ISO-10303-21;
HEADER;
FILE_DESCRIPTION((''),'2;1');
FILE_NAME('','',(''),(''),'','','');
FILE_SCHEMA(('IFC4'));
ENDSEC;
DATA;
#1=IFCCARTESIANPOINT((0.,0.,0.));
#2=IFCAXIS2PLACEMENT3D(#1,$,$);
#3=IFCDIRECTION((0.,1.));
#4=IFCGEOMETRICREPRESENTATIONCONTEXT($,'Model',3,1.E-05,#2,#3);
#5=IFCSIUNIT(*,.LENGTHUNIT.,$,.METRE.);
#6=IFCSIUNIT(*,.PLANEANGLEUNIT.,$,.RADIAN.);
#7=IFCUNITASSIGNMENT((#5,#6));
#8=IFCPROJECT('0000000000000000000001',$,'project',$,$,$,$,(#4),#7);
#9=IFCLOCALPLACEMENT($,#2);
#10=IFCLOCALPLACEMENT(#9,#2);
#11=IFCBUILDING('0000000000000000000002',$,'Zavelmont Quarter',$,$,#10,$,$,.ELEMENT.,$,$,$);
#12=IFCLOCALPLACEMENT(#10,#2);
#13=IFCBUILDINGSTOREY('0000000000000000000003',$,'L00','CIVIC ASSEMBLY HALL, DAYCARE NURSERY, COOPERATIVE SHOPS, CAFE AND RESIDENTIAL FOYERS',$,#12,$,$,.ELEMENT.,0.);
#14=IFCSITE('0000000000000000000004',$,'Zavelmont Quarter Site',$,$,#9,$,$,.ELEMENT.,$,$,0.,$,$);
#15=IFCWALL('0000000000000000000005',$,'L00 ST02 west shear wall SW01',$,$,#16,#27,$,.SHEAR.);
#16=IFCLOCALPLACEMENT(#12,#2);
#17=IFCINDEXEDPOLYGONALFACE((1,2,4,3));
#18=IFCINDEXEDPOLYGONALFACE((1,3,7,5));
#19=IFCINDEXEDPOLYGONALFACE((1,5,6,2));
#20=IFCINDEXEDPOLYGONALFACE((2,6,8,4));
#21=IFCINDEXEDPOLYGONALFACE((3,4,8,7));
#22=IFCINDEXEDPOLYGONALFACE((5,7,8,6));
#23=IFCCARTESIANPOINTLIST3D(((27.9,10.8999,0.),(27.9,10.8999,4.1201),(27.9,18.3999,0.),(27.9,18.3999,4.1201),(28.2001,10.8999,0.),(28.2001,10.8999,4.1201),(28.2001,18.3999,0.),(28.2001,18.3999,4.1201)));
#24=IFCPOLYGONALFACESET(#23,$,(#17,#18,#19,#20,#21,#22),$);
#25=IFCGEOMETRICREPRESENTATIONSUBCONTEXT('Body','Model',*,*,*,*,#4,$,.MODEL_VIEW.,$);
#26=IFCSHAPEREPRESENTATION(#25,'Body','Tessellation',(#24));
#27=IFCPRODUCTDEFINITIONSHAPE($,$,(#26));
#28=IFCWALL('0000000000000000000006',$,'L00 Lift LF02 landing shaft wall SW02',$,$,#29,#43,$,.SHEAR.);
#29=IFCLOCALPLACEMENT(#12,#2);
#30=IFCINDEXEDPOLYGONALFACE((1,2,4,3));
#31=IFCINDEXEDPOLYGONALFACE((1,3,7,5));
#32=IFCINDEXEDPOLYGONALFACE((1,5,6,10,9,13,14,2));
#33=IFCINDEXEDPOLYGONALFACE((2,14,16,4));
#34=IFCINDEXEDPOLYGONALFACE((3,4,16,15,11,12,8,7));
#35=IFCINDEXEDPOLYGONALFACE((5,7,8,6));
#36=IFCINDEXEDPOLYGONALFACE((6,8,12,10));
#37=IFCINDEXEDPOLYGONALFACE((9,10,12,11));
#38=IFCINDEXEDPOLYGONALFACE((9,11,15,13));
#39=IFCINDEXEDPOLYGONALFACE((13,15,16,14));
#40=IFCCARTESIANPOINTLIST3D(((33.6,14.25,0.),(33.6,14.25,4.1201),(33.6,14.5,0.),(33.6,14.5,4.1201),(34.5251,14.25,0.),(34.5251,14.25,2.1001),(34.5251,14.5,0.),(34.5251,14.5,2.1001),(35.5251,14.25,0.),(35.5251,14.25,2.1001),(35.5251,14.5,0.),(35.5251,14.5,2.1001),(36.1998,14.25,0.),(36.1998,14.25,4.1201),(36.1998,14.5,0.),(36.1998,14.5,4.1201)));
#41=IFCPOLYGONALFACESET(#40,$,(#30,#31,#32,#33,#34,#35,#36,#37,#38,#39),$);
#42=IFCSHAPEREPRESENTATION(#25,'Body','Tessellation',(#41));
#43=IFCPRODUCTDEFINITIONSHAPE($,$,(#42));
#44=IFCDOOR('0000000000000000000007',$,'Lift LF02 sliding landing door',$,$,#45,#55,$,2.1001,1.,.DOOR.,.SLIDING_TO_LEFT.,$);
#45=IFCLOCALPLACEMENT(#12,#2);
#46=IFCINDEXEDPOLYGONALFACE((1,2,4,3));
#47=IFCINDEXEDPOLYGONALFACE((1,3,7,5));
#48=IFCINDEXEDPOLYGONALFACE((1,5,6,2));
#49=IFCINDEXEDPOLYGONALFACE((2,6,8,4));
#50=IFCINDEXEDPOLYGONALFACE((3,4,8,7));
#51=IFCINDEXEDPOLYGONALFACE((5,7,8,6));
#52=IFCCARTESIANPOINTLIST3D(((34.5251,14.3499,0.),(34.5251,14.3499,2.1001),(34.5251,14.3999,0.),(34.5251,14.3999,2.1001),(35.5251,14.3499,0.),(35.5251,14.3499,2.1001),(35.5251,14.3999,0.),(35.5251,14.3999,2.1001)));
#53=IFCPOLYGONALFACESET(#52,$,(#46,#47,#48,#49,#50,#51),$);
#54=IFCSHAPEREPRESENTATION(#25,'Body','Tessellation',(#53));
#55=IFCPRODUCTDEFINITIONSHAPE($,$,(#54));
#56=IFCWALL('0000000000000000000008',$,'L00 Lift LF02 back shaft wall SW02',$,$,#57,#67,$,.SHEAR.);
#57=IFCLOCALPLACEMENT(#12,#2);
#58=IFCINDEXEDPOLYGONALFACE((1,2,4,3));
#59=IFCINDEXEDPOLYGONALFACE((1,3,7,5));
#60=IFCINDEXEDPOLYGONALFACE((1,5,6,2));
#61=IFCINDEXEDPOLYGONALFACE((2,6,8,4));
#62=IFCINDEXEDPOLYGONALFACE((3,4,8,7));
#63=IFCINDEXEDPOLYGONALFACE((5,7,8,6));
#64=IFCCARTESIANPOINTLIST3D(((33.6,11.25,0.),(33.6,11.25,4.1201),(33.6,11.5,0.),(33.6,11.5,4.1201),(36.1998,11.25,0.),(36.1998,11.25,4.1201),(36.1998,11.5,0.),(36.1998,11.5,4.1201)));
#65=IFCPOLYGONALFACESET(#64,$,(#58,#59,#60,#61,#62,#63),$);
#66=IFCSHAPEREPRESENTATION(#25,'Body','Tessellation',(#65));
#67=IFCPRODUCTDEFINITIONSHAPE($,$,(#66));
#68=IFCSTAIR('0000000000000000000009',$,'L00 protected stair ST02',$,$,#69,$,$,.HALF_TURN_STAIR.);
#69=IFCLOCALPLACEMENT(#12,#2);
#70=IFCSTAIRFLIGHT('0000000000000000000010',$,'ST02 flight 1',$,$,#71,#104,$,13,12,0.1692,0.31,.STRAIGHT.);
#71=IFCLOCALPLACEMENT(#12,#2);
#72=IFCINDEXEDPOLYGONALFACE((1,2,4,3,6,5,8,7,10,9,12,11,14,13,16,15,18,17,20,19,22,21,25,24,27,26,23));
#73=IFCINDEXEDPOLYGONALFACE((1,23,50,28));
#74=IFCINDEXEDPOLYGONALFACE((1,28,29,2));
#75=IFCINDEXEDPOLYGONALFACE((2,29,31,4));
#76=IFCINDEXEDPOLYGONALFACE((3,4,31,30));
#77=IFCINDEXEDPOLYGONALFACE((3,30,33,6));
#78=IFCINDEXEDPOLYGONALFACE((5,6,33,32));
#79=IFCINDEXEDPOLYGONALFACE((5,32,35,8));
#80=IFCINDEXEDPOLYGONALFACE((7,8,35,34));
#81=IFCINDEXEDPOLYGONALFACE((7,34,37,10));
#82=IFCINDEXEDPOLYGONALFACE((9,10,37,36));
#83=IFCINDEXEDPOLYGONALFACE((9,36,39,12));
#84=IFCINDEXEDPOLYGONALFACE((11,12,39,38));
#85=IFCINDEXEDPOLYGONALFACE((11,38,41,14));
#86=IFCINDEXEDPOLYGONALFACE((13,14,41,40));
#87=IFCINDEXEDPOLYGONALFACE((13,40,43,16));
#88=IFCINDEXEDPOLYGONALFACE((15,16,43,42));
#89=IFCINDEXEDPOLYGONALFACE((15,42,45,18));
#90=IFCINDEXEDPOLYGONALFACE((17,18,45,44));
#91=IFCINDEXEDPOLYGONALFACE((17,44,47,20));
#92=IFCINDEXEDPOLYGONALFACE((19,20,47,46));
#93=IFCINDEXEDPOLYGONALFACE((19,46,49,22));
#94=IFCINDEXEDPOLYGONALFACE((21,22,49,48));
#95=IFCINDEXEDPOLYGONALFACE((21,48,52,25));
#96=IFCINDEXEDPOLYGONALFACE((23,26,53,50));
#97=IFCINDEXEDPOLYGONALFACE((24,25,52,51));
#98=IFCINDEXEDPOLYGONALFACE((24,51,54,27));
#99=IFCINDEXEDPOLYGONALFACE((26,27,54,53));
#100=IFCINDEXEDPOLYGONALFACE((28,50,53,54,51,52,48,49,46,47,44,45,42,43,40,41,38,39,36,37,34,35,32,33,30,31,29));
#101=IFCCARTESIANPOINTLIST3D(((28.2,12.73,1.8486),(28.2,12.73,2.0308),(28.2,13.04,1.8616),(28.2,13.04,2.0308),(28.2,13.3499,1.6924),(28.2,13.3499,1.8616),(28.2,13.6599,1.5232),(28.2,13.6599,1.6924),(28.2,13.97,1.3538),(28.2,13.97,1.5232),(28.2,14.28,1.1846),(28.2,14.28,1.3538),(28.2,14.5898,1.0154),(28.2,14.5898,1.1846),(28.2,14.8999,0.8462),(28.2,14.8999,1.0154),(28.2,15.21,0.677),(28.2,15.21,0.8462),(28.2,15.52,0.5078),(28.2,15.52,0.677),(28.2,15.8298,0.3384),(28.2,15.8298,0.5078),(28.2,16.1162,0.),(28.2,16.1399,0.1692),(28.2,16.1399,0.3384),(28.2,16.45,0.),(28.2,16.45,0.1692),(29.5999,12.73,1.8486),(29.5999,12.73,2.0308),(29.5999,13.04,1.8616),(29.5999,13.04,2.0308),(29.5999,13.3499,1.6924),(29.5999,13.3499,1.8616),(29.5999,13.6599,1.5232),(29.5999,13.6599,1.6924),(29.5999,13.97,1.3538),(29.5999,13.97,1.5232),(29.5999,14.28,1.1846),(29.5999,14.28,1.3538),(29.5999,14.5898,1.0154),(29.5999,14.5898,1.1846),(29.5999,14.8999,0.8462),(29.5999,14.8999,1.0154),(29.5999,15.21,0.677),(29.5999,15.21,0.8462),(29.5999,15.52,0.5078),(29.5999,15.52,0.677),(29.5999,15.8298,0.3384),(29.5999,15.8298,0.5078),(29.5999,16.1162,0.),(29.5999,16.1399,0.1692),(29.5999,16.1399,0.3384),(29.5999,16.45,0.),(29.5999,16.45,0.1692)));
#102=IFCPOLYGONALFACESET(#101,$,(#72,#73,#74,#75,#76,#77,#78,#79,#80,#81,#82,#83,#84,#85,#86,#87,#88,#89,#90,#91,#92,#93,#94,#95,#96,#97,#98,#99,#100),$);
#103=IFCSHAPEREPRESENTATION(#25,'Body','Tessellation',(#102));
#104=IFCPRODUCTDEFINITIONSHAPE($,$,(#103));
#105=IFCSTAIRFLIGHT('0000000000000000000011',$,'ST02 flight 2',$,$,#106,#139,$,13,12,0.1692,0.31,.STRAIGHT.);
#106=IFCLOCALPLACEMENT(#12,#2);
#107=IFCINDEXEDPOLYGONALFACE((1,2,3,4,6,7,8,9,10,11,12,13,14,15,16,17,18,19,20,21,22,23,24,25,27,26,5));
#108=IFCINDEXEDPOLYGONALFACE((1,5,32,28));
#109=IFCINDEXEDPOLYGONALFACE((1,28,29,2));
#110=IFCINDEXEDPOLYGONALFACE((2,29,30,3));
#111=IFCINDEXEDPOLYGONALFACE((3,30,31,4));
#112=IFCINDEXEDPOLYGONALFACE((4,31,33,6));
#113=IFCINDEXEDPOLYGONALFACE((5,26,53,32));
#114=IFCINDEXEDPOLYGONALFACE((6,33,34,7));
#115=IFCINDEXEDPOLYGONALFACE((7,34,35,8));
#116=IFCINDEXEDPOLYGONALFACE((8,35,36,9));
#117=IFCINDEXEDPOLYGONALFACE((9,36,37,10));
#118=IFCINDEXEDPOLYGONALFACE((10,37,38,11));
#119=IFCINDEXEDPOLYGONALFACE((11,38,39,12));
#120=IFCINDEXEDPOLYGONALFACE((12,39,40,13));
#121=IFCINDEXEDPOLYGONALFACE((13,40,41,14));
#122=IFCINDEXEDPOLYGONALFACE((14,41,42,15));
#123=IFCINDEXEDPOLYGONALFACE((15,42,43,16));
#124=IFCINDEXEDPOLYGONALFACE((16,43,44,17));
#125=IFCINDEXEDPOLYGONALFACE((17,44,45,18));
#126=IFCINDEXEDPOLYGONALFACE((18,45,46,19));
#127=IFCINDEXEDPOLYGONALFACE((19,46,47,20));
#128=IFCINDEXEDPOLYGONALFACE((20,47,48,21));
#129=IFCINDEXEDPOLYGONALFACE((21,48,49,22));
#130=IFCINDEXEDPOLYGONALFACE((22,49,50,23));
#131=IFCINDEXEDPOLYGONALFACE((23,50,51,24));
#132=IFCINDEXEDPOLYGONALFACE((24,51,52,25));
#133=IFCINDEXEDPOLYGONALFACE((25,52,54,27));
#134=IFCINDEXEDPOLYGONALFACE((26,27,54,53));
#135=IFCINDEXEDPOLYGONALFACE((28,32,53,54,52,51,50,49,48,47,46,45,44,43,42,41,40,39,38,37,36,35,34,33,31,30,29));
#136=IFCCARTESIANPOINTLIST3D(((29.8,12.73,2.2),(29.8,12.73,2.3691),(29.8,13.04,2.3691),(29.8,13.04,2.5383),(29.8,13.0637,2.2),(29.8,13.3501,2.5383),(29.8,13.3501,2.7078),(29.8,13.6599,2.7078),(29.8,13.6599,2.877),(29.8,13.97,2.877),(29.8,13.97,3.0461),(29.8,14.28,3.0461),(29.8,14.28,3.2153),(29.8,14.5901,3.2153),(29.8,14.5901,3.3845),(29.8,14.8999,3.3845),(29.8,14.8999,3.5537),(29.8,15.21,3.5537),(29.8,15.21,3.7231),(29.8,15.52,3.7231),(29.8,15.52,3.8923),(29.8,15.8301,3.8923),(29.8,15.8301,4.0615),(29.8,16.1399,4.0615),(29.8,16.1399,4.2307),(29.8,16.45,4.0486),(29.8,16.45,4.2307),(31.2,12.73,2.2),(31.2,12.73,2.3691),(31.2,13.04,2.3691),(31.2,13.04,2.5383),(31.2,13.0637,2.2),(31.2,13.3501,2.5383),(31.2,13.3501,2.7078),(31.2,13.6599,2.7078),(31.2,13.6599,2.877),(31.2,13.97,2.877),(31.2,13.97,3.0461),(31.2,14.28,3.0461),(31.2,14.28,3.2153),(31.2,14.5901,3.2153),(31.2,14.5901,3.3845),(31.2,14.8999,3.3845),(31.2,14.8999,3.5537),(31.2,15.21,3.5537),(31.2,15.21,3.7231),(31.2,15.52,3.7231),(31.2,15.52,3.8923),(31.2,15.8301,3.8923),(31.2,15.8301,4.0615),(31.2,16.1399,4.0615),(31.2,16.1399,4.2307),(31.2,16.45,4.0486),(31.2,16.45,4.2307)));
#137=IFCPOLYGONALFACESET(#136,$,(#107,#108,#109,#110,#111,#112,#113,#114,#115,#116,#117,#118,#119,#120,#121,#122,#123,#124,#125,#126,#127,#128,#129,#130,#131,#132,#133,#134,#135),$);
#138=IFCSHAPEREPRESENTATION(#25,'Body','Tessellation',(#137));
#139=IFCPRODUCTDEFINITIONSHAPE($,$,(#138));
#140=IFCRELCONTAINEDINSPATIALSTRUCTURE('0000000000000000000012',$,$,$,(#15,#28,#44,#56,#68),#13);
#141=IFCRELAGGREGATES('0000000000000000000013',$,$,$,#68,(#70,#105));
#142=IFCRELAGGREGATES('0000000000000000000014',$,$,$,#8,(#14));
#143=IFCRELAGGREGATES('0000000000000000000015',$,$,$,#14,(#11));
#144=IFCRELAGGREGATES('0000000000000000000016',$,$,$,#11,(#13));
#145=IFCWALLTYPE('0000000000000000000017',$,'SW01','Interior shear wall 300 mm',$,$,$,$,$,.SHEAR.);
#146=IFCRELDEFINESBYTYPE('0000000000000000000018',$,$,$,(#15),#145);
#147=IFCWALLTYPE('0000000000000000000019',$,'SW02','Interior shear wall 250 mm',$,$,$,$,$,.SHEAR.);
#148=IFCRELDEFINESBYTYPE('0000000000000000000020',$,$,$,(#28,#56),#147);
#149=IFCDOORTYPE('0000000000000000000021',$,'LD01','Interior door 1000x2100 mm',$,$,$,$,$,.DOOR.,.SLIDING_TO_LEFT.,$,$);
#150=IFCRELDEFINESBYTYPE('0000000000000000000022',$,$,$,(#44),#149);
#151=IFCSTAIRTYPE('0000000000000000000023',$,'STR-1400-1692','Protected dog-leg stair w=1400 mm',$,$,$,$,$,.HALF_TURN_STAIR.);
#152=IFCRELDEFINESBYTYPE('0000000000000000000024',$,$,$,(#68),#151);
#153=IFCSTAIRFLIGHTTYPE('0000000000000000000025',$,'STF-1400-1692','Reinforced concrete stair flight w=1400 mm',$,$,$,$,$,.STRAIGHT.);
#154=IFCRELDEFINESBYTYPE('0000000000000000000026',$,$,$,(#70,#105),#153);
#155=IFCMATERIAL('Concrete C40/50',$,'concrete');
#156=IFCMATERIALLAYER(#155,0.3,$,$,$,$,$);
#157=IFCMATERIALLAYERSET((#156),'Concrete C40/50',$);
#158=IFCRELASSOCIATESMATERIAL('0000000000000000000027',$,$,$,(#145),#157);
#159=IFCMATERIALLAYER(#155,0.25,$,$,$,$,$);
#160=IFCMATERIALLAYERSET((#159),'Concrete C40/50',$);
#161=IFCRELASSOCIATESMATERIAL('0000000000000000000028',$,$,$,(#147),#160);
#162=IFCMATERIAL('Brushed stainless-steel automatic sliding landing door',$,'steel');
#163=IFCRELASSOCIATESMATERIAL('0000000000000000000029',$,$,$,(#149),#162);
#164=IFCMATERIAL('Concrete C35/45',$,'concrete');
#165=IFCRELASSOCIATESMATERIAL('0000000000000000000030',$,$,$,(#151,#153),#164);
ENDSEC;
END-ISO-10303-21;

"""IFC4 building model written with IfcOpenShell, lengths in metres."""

from ifc_helpers import new_model, si_unit, direction, frame, frame_2d, origin, origin_with_axes, place, context, subcontext, project, spatial, polyline, rectangle, outline, extrude, material, layer, layer_set, type_object, element, fill, aggregate, save


model = new_model("IFC4")

# Units and contexts
model_context = context("Model", 3, precision=1e-05, world=origin(), true_north=direction((0.0, 1.0)))
body_context = subcontext(model_context, "Body", "Model", "MODEL_VIEW")
ifc_project = project(units=[si_unit("LENGTHUNIT", "METRE"), si_unit("PLANEANGLEUNIT", "RADIAN")], contexts=[model_context])

# Site, building, storey
site_placement = place(None, origin())
site = spatial("IfcSite", under=ifc_project, at=site_placement, Name="Zavelmont Quarter Site", CompositionType="ELEMENT", RefElevation=0.0)
building_placement = place(site_placement, origin())
building = spatial("IfcBuilding", under=site, at=building_placement, Name="Zavelmont Quarter", CompositionType="ELEMENT")
storey_placement = place(building_placement, origin())
storey = spatial("IfcBuildingStorey", under=building, at=storey_placement, Name="L00", Description="CIVIC ASSEMBLY HALL, DAYCARE NURSERY, COOPERATIVE SHOPS, CAFE AND RESIDENTIAL FOYERS", CompositionType="ELEMENT", Elevation=0.0)

# Wall
ifc_material_1 = material(Name="Concrete C40/50", Category="concrete")
ifc_layer_1 = layer(ifc_material_1, 0.3)
ifc_layer_set_1 = layer_set([ifc_layer_1], Name="Concrete C40/50")
wall_type_1 = type_object("IfcWallType", Name="SW01", Description="Interior shear wall 300 mm", PredefinedType="SHEAR", material=ifc_layer_set_1)
wall_1_placement = place(storey_placement, frame((28.05, 10.8999, 0.0), z_axis=(0.0, 0.0, 1.0), x_axis=(0.0, 1.0, 0.0)))
element("IfcWall", 1, at=wall_1_placement, inside=storey, type_object=wall_type_1, Name="L00 ST02 west shear wall SW01", PredefinedType="SHEAR", context=body_context, shape_type="SweptSolid", body=[
    extrude(rectangle(XDim=7.5, YDim=0.3, at=frame_2d((3.75, 0.0))), origin(), (0.0, 0.0, 1.0), 4.1201),
])

# Wall, opening, door
ifc_layer_2 = layer(ifc_material_1, 0.25)
ifc_layer_set_2 = layer_set([ifc_layer_2], Name="Concrete C40/50")
wall_type_2 = type_object("IfcWallType", Name="SW02", Description="Interior shear wall 250 mm", PredefinedType="SHEAR", material=ifc_layer_set_2)
wall_2_placement = place(storey_placement, frame((33.6001, 14.375, 0.0), z_axis=(0.0, 0.0, 1.0), x_axis=(1.0, 0.0, 0.0)))
wall_2 = element("IfcWall", 2, at=wall_2_placement, inside=storey, type_object=wall_type_2, Name="L00 Lift LF02 landing shaft wall SW02", PredefinedType="SHEAR", context=body_context, shape_type="SweptSolid", body=[
    extrude(rectangle(XDim=2.5999, YDim=0.25, at=frame_2d((1.2998, 0.0))), origin(), (0.0, 0.0, 1.0), 4.1201),
])
opening_1_placement = place(wall_2_placement, frame((0.925, 0.0, 0.0)))
opening_1 = element("IfcOpeningElement", 3, at=opening_1_placement, cuts=wall_2, PredefinedType="OPENING", context=body_context, shape_type="SweptSolid", body=[
    extrude(rectangle(XDim=1.0, YDim=2.1001, at=frame_2d((0.5, 1.05))), frame((0.0, 0.137, 0.0), z_axis=(0.0, -1.0, 0.0), x_axis=(1.0, 0.0, 0.0)), (0.0, 0.0, 1.0), 0.2739),
])
ifc_material_2 = material(Name="Brushed stainless-steel automatic sliding landing door", Category="steel")
door_type_1 = type_object("IfcDoorType", Name="LD01", Description="Interior door 1000x2100 mm", OperationType="SLIDING_TO_LEFT", PredefinedType="DOOR", material=ifc_material_2)
door_1_placement = place(opening_1_placement, origin_with_axes())
door_1 = element("IfcDoor", 4, at=door_1_placement, inside=storey, type_object=door_type_1, Name="Lift LF02 sliding landing door", OperationType="SLIDING_TO_LEFT", OverallHeight=2.1001, OverallWidth=1.0, PredefinedType="DOOR", context=body_context, shape_type="SweptSolid", body=[
    extrude(rectangle(XDim=1.0, YDim=2.1001, at=frame_2d((0.5, 1.05))), frame((0.0, 0.0249, 0.0), z_axis=(0.0, -1.0, 0.0), x_axis=(1.0, 0.0, 0.0)), (0.0, 0.0, 1.0), 0.05),
])
fill(opening_1, door_1)

# Wall
wall_3_placement = place(storey_placement, frame((33.6001, 11.375, 0.0), z_axis=(0.0, 0.0, 1.0), x_axis=(1.0, 0.0, 0.0)))
element("IfcWall", 5, at=wall_3_placement, inside=storey, type_object=wall_type_2, Name="L00 Lift LF02 back shaft wall SW02", PredefinedType="SHEAR", context=body_context, shape_type="SweptSolid", body=[
    extrude(rectangle(XDim=2.5999, YDim=0.25, at=frame_2d((1.2998, 0.0))), origin(), (0.0, 0.0, 1.0), 4.1201),
])

# Stair, stair flights
ifc_material_3 = material(Name="Concrete C35/45", Category="concrete")
stair_type = type_object("IfcStairType", Name="STR-1400-1692", Description="Protected dog-leg stair w=1400 mm", PredefinedType="HALF_TURN_STAIR", material=ifc_material_3)
stair_placement = place(storey_placement, origin())
stair = element("IfcStair", 6, at=stair_placement, inside=storey, type_object=stair_type, Name="L00 protected stair ST02", PredefinedType="HALF_TURN_STAIR")
stair_flight_type = type_object("IfcStairFlightType", Name="STF-1400-1692", Description="Reinforced concrete stair flight w=1400 mm", PredefinedType="STRAIGHT", material=ifc_material_3)
stair_flight_1_placement = place(storey_placement, frame((28.8999, 16.45, 0.0), z_axis=(0.0, 0.0, 1.0), x_axis=(0.0, -1.0, 0.0)))
stair_flight_1 = element("IfcStairFlight", 7, at=stair_flight_1_placement, type_object=stair_flight_type, Name="ST02 flight 1", NumberOfRisers=13, NumberOfTreads=12, PredefinedType="STRAIGHT", RiserHeight=0.1692, TreadLength=0.31, context=body_context, shape_type="SweptSolid", body=[
    extrude(outline(polyline([(0.0, 0.0), (0.0, 0.1692), (0.3101, 0.1692), (0.3101, 0.3384), (0.6201, 0.3384), (0.6201, 0.5078), (0.9299, 0.5078), (0.9299, 0.677), (1.24, 0.677), (1.24, 0.8462), (1.55, 0.8462), (1.55, 1.0154), (1.8601, 1.0154), (1.8601, 1.1846), (2.1699, 1.1846), (2.1699, 1.3538), (2.48, 1.3538), (2.48, 1.5232), (2.79, 1.5232), (2.79, 1.6924), (3.1001, 1.6924), (3.1001, 1.8616), (3.4099, 1.8616), (3.4099, 2.0308), (3.72, 2.0308), (3.72, 2.2), (3.72, 1.8486), (0.3337, 0.0), (0.0, 0.0)])), frame((0.0, 0.7, 0.0), z_axis=(0.0, -1.0, 0.0), x_axis=(1.0, 0.0, 0.0)), (0.0, 0.0, 1.0), 1.3999),
])
stair_flight_2_placement = place(storey_placement, frame((30.5, 12.73, 2.2), z_axis=(0.0, 0.0, 1.0), x_axis=(0.0, 1.0, 0.0)))
stair_flight_2 = element("IfcStairFlight", 8, at=stair_flight_2_placement, type_object=stair_flight_type, Name="ST02 flight 2", NumberOfRisers=13, NumberOfTreads=12, PredefinedType="STRAIGHT", RiserHeight=0.1692, TreadLength=0.31, context=body_context, shape_type="SweptSolid", body=[
    extrude(outline(polyline([(0.0, 0.0), (0.0, 0.1692), (0.3101, 0.1692), (0.3101, 0.3384), (0.6201, 0.3384), (0.6201, 0.5078), (0.9299, 0.5078), (0.9299, 0.677), (1.24, 0.677), (1.24, 0.8462), (1.55, 0.8462), (1.55, 1.0154), (1.8601, 1.0154), (1.8601, 1.1846), (2.1699, 1.1846), (2.1699, 1.3538), (2.48, 1.3538), (2.48, 1.5232), (2.79, 1.5232), (2.79, 1.6924), (3.1001, 1.6924), (3.1001, 1.8616), (3.4099, 1.8616), (3.4099, 2.0308), (3.72, 2.0308), (3.72, 2.2), (3.72, 1.8486), (0.3337, 0.0), (0.0, 0.0)])), frame((0.0, 0.7, 0.0), z_axis=(0.0, -1.0, 0.0), x_axis=(1.0, 0.0, 0.0)), (0.0, 0.0, 1.0), 1.3999),
])
aggregate(stair, [stair_flight_1, stair_flight_2])

save(model, "model.ifc")
